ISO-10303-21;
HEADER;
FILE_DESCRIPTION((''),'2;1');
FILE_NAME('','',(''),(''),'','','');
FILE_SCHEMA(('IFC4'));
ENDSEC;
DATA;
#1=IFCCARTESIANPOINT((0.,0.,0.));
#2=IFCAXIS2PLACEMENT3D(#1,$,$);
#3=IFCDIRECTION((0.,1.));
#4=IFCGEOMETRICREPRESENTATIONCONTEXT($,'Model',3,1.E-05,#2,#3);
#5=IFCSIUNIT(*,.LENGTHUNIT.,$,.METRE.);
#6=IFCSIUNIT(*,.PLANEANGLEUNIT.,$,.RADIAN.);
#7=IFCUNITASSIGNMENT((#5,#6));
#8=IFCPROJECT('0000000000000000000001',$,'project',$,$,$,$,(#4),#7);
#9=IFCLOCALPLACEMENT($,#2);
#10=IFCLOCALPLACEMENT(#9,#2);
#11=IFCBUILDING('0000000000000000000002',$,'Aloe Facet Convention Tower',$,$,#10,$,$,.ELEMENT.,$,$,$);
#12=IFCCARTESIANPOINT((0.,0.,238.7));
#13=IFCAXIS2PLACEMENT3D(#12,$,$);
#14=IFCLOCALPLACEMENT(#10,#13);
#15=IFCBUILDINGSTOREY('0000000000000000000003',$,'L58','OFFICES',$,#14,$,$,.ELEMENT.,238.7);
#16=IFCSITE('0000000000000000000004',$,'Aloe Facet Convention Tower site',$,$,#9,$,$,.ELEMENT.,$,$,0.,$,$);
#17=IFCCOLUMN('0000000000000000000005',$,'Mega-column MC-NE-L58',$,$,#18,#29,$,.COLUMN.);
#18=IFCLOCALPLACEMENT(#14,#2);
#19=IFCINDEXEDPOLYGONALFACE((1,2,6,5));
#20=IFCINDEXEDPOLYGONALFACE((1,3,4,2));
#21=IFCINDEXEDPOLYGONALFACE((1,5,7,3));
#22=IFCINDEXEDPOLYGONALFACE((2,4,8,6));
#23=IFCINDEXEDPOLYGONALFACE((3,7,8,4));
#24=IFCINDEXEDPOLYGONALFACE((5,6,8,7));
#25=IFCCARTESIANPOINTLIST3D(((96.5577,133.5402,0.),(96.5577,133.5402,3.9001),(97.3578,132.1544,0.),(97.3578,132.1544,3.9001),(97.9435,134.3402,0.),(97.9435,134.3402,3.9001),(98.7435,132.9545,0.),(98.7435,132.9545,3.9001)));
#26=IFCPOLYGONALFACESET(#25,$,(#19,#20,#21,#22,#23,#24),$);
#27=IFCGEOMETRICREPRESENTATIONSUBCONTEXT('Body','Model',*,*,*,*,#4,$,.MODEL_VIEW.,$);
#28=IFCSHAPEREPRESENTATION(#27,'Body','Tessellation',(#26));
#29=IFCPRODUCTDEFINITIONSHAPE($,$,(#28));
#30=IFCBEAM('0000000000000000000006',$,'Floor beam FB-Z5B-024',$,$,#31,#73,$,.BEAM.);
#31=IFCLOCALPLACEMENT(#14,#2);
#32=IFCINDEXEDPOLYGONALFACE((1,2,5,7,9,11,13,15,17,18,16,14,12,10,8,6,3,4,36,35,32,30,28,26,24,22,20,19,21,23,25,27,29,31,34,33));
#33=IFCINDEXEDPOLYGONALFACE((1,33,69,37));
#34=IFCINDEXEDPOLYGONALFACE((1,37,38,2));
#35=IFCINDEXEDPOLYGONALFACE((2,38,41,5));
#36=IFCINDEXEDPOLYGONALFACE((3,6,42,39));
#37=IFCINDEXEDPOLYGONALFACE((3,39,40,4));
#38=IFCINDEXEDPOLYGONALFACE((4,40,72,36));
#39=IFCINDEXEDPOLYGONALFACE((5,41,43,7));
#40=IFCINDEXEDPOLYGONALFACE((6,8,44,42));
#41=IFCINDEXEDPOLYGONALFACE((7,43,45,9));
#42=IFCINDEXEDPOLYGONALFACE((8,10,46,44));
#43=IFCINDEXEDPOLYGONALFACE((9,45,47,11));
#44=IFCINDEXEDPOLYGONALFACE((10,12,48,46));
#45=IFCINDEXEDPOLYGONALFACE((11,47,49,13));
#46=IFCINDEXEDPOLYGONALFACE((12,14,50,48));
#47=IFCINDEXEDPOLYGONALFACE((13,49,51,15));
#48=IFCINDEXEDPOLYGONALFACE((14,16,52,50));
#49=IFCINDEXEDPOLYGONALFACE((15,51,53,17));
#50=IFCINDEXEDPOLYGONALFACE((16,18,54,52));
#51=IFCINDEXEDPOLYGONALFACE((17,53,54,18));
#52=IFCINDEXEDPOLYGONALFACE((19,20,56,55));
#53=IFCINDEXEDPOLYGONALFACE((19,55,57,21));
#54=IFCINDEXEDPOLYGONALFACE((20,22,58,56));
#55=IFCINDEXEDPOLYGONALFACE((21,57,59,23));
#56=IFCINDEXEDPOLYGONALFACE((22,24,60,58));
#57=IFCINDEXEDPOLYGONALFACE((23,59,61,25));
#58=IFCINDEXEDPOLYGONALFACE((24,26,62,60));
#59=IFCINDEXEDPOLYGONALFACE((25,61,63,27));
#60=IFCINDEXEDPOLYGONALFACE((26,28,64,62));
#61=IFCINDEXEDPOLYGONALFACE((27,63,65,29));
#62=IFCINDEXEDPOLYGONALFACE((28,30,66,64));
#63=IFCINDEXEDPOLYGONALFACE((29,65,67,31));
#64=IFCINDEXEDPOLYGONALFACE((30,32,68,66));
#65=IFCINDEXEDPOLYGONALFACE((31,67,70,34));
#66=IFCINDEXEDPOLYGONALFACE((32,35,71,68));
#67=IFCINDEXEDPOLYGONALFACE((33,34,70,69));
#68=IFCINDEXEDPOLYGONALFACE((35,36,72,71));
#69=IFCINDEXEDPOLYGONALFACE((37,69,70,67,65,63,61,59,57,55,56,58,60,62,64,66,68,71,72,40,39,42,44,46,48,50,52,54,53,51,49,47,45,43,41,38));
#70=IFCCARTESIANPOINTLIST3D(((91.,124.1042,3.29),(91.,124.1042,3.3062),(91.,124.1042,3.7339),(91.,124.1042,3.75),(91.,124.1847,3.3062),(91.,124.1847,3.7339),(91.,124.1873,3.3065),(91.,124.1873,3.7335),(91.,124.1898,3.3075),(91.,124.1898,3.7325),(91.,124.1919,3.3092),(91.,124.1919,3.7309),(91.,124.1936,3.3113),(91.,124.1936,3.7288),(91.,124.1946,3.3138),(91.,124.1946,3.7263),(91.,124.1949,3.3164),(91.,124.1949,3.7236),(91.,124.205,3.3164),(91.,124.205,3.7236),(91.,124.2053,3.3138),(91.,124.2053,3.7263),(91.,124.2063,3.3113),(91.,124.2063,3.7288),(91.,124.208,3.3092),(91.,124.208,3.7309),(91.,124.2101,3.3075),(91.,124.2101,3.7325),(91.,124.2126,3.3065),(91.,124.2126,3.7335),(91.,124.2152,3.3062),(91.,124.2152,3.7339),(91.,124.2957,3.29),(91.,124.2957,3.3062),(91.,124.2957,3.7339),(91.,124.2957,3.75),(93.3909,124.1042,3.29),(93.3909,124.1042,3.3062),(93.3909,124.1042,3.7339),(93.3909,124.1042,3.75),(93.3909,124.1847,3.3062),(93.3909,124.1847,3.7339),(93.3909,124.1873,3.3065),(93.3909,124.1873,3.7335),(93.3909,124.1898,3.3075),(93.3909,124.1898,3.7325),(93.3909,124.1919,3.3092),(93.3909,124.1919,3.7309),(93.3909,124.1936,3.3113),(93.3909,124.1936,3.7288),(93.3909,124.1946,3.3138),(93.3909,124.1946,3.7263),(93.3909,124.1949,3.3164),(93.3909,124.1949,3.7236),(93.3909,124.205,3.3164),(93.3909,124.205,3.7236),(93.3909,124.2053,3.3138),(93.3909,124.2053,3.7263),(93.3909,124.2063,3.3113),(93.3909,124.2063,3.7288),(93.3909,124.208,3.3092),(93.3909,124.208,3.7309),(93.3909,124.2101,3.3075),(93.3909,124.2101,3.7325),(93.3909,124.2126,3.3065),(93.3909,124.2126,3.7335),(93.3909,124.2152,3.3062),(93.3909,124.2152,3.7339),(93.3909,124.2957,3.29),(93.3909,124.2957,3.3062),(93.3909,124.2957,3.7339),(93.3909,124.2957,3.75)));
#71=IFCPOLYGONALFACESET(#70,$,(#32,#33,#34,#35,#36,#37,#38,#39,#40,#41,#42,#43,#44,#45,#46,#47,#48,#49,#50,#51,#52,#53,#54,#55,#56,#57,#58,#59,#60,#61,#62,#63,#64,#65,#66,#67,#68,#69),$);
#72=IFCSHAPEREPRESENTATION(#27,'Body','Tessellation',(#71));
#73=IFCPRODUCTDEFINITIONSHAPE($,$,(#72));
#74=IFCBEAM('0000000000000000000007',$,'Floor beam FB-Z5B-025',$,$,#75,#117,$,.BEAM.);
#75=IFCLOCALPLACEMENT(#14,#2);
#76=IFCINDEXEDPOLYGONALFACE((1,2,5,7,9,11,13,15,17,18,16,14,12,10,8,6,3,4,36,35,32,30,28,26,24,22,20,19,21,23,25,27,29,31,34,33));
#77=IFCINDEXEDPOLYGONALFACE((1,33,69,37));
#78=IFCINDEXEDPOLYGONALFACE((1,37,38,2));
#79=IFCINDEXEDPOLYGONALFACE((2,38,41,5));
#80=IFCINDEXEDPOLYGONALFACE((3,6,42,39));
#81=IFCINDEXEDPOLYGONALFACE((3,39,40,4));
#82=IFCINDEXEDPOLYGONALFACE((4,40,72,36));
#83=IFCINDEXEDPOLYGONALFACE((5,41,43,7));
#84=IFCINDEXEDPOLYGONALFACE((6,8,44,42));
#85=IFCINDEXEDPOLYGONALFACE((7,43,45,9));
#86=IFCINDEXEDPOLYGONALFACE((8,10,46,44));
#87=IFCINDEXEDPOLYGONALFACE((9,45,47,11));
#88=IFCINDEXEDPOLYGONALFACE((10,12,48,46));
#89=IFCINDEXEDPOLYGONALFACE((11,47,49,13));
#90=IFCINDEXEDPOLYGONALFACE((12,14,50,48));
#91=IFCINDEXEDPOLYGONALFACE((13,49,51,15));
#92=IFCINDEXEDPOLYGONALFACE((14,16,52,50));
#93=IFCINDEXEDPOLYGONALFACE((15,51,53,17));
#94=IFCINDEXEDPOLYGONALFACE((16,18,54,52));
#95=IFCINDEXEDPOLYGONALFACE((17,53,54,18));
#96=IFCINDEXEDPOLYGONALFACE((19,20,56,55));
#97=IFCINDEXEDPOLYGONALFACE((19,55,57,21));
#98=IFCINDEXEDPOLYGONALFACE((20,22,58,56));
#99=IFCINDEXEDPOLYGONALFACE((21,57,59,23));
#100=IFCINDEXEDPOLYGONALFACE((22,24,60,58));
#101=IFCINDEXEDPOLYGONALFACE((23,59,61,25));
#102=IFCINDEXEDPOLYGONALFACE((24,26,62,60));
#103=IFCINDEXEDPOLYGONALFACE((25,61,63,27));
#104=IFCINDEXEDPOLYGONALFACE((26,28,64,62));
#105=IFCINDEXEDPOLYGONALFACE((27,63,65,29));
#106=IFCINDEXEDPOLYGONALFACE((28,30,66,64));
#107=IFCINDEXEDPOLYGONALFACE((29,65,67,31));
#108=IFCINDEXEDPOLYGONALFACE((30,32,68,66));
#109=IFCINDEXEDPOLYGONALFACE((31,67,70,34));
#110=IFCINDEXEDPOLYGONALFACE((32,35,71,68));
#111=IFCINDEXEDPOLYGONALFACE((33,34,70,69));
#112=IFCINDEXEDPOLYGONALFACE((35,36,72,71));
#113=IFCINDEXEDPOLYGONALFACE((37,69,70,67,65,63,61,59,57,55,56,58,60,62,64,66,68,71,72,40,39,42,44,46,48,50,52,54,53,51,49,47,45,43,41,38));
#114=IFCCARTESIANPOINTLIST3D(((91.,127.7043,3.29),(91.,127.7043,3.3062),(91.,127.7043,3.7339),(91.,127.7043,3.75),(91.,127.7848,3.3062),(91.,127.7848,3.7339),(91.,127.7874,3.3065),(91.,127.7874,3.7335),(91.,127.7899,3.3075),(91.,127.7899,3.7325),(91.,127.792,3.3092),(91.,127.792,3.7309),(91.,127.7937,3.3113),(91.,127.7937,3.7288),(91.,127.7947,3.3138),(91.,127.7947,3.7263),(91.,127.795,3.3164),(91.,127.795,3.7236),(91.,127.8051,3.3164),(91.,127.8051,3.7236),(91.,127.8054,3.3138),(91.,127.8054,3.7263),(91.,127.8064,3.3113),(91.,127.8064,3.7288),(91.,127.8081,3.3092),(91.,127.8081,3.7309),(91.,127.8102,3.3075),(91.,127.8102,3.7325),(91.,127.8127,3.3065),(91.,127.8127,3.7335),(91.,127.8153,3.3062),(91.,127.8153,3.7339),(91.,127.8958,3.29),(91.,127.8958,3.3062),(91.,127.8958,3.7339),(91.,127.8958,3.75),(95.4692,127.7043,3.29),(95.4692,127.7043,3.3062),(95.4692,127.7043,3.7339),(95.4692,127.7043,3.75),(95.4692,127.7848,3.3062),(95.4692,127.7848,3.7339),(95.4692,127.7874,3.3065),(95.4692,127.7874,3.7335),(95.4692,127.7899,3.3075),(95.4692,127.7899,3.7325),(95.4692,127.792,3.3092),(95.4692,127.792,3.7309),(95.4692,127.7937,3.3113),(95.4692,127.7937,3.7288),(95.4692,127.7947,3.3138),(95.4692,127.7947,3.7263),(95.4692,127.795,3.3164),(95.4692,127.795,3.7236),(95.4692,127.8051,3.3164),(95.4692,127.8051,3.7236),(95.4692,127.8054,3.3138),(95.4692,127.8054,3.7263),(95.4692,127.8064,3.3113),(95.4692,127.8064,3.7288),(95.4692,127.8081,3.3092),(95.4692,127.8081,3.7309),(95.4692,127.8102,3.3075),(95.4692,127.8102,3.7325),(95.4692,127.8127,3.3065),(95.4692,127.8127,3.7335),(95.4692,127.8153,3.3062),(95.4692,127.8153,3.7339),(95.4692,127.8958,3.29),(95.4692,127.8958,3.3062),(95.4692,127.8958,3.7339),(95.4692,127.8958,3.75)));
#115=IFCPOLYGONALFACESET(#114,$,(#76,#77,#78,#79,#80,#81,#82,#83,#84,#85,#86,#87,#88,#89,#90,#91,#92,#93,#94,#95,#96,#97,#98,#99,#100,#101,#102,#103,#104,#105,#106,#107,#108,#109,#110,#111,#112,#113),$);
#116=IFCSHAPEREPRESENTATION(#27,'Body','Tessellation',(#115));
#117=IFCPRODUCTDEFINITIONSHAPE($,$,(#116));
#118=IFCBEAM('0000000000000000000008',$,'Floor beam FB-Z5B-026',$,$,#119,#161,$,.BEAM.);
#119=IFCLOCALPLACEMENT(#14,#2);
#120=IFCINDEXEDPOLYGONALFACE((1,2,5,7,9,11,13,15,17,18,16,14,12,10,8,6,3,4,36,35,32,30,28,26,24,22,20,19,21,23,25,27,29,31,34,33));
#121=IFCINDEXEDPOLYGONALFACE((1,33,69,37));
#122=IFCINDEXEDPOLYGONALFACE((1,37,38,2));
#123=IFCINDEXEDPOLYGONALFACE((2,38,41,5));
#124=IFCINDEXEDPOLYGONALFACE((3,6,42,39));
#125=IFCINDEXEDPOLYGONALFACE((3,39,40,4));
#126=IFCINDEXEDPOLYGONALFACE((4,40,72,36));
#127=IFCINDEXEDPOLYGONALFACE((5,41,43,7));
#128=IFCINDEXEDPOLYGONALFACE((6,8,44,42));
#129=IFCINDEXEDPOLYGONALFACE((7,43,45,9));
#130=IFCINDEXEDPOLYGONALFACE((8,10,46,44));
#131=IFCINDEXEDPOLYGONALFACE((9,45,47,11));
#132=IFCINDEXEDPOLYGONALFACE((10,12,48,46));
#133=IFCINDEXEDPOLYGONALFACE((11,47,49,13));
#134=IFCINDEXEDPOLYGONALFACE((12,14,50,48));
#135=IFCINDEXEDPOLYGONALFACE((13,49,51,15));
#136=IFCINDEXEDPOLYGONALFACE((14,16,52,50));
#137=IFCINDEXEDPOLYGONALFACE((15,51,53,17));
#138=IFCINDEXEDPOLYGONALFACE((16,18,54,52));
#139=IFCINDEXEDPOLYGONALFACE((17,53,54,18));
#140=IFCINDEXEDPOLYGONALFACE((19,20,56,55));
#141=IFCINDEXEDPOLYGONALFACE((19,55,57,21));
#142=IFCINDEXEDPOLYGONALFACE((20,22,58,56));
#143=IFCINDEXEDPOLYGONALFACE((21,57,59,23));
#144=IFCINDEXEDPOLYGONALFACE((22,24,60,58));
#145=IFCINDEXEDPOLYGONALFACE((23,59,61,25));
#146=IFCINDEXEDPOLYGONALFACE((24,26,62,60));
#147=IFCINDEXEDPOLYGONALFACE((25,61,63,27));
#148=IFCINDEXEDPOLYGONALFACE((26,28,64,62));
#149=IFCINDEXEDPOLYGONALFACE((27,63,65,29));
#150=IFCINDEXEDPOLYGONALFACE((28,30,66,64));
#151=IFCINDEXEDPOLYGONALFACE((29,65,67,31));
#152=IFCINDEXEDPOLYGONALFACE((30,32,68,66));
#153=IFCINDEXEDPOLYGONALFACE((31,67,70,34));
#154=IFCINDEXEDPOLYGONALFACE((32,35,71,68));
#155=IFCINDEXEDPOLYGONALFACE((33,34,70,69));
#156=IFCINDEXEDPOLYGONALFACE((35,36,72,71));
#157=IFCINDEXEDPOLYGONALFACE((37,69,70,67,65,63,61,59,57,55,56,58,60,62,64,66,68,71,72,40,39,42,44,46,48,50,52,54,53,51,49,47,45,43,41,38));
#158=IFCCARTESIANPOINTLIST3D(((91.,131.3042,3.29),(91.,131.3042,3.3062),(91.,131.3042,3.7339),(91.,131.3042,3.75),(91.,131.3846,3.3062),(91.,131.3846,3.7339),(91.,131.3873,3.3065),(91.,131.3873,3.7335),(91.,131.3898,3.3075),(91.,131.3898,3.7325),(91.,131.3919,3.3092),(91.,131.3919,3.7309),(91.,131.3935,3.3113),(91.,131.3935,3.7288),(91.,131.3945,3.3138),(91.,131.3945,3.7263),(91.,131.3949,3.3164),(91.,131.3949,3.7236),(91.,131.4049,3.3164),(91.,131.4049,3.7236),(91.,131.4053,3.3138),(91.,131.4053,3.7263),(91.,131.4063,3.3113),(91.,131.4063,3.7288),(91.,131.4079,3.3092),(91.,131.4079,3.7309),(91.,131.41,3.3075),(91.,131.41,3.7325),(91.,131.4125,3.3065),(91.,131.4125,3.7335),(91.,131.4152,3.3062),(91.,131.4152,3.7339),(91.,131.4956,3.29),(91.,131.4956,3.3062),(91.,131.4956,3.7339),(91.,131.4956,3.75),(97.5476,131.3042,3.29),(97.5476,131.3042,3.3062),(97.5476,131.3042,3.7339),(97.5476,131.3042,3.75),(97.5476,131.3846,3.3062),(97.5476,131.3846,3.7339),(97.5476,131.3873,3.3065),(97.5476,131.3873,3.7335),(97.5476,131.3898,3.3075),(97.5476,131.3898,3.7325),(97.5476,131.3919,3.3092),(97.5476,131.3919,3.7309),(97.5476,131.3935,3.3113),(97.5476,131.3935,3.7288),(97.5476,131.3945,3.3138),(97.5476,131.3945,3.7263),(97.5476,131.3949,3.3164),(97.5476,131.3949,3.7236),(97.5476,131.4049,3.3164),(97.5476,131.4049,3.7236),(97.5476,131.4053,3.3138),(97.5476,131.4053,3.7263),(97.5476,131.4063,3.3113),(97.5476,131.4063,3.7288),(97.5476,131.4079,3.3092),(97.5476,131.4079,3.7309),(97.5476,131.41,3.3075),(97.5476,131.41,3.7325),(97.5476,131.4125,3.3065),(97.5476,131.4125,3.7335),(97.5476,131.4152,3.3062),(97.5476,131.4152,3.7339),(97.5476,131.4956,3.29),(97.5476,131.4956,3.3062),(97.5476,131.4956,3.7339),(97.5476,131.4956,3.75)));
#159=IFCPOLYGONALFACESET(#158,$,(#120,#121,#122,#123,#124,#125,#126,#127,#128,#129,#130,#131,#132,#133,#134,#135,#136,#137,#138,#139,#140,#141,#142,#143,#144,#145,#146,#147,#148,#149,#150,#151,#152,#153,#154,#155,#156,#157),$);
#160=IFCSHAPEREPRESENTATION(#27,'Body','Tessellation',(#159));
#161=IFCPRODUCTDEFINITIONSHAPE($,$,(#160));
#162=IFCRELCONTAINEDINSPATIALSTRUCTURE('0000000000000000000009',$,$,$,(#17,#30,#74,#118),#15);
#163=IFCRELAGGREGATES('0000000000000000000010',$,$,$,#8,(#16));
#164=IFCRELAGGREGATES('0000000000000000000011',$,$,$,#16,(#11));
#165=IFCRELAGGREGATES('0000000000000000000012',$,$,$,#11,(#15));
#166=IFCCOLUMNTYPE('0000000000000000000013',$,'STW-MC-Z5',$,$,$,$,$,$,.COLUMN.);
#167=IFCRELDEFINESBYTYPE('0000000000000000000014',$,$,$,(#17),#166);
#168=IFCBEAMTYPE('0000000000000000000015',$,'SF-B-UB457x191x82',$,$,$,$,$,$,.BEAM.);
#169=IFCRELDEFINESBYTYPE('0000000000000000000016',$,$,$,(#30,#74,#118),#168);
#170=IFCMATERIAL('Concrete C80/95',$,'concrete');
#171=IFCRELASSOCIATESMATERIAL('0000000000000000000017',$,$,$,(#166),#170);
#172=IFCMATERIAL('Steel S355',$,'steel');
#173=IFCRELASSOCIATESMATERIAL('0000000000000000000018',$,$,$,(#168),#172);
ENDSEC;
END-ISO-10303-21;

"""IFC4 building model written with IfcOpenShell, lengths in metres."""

from ifc_helpers import new_model, si_unit, direction, frame, origin, origin_2d, place, context, subcontext, project, spatial, rectangle, i_section, extrude, material, material_profile, profile_set, type_object, element, save


model = new_model("IFC4")

# Units and contexts
model_context = context("Model", 3, precision=1e-05, world=origin(), true_north=direction((0.0, 1.0)))
body_context = subcontext(model_context, "Body", "Model", "MODEL_VIEW")
ifc_project = project(units=[si_unit("LENGTHUNIT", "METRE"), si_unit("PLANEANGLEUNIT", "RADIAN")], contexts=[model_context])

# Site, building, storey
site_placement = place(None, origin())
site = spatial("IfcSite", under=ifc_project, at=site_placement, Name="Aloe Facet Convention Tower site", CompositionType="ELEMENT", RefElevation=0.0)
building_placement = place(site_placement, origin())
building = spatial("IfcBuilding", under=site, at=building_placement, Name="Aloe Facet Convention Tower", CompositionType="ELEMENT")
storey_placement = place(building_placement, frame((0.0, 0.0, 238.7)))
storey = spatial("IfcBuildingStorey", under=building, at=storey_placement, Name="L58", Description="OFFICES", CompositionType="ELEMENT", Elevation=238.7)

# Column
ifc_material_1 = material(Name="Concrete C80/95", Category="concrete")
ifc_material_profile_1 = material_profile(ifc_material_1, rectangle(XDim=1.6001, YDim=1.6001, at=origin_2d()), Name="STW-MC-Z5")
ifc_profile_set_1 = profile_set([ifc_material_profile_1], Name="Concrete C80/95")
column_type = type_object("IfcColumnType", Name="STW-MC-Z5", PredefinedType="COLUMN", material=ifc_profile_set_1)
column_placement = place(storey_placement, frame((97.6506, 133.2473, 0.0), z_axis=(0.0, 0.0, 1.0), x_axis=(-0.5, 0.866025, 0.0)))
element("IfcColumn", 1, at=column_placement, inside=storey, type_object=column_type, Name="Mega-column MC-NE-L58", PredefinedType="COLUMN", context=body_context, shape_type="SweptSolid", body=[
    extrude(rectangle(XDim=1.6001, YDim=1.6001, at=origin_2d()), origin(), (0.0, 0.0, 1.0), 3.9001),
])

# Beams
ifc_material_2 = material(Name="Steel S355", Category="steel")
ifc_material_profile_2 = material_profile(ifc_material_2, i_section(OverallWidth=0.1914, OverallDepth=0.46, WebThickness=0.01, FlangeThickness=0.0161, FilletRadius=0.0103, at=origin_2d()), Name="UB 457x191x82")
ifc_profile_set_2 = profile_set([ifc_material_profile_2], Name="Steel S355")
beam_type_1 = type_object("IfcBeamType", Name="SF-B-UB457x191x82", PredefinedType="BEAM", material=ifc_profile_set_2)
beam_1_placement = place(storey_placement, frame((91.0, 124.2, 3.52), z_axis=(1.0, 0.0, 0.0), x_axis=(0.0, 1.0, 0.0)))
element("IfcBeam", 2, at=beam_1_placement, inside=storey, type_object=beam_type_1, Name="Floor beam FB-Z5B-024", PredefinedType="BEAM", context=body_context, shape_type="SweptSolid", body=[
    extrude(i_section(OverallWidth=0.1914, OverallDepth=0.46, WebThickness=0.01, FlangeThickness=0.0161, FilletRadius=0.0103, at=origin_2d()), origin(), (0.0, 0.0, 1.0), 2.3909),
])
beam_2_placement = place(storey_placement, frame((91.0, 127.8, 3.52), z_axis=(1.0, 0.0, 0.0), x_axis=(0.0, 1.0, 0.0)))
element("IfcBeam", 3, at=beam_2_placement, inside=storey, type_object=beam_type_1, Name="Floor beam FB-Z5B-025", PredefinedType="BEAM", context=body_context, shape_type="SweptSolid", body=[
    extrude(i_section(OverallWidth=0.1914, OverallDepth=0.46, WebThickness=0.01, FlangeThickness=0.0161, FilletRadius=0.0103, at=origin_2d()), origin(), (0.0, 0.0, 1.0), 4.4692),
])
beam_3_placement = place(storey_placement, frame((91.0, 131.3999, 3.52), z_axis=(1.0, 0.0, 0.0), x_axis=(0.0, 1.0, 0.0)))
element("IfcBeam", 4, at=beam_3_placement, inside=storey, type_object=beam_type_1, Name="Floor beam FB-Z5B-026", PredefinedType="BEAM", context=body_context, shape_type="SweptSolid", body=[
    extrude(i_section(OverallWidth=0.1914, OverallDepth=0.46, WebThickness=0.01, FlangeThickness=0.0161, FilletRadius=0.0103, at=origin_2d()), origin(), (0.0, 0.0, 1.0), 6.5476),
])

save(model, "model.ifc")
